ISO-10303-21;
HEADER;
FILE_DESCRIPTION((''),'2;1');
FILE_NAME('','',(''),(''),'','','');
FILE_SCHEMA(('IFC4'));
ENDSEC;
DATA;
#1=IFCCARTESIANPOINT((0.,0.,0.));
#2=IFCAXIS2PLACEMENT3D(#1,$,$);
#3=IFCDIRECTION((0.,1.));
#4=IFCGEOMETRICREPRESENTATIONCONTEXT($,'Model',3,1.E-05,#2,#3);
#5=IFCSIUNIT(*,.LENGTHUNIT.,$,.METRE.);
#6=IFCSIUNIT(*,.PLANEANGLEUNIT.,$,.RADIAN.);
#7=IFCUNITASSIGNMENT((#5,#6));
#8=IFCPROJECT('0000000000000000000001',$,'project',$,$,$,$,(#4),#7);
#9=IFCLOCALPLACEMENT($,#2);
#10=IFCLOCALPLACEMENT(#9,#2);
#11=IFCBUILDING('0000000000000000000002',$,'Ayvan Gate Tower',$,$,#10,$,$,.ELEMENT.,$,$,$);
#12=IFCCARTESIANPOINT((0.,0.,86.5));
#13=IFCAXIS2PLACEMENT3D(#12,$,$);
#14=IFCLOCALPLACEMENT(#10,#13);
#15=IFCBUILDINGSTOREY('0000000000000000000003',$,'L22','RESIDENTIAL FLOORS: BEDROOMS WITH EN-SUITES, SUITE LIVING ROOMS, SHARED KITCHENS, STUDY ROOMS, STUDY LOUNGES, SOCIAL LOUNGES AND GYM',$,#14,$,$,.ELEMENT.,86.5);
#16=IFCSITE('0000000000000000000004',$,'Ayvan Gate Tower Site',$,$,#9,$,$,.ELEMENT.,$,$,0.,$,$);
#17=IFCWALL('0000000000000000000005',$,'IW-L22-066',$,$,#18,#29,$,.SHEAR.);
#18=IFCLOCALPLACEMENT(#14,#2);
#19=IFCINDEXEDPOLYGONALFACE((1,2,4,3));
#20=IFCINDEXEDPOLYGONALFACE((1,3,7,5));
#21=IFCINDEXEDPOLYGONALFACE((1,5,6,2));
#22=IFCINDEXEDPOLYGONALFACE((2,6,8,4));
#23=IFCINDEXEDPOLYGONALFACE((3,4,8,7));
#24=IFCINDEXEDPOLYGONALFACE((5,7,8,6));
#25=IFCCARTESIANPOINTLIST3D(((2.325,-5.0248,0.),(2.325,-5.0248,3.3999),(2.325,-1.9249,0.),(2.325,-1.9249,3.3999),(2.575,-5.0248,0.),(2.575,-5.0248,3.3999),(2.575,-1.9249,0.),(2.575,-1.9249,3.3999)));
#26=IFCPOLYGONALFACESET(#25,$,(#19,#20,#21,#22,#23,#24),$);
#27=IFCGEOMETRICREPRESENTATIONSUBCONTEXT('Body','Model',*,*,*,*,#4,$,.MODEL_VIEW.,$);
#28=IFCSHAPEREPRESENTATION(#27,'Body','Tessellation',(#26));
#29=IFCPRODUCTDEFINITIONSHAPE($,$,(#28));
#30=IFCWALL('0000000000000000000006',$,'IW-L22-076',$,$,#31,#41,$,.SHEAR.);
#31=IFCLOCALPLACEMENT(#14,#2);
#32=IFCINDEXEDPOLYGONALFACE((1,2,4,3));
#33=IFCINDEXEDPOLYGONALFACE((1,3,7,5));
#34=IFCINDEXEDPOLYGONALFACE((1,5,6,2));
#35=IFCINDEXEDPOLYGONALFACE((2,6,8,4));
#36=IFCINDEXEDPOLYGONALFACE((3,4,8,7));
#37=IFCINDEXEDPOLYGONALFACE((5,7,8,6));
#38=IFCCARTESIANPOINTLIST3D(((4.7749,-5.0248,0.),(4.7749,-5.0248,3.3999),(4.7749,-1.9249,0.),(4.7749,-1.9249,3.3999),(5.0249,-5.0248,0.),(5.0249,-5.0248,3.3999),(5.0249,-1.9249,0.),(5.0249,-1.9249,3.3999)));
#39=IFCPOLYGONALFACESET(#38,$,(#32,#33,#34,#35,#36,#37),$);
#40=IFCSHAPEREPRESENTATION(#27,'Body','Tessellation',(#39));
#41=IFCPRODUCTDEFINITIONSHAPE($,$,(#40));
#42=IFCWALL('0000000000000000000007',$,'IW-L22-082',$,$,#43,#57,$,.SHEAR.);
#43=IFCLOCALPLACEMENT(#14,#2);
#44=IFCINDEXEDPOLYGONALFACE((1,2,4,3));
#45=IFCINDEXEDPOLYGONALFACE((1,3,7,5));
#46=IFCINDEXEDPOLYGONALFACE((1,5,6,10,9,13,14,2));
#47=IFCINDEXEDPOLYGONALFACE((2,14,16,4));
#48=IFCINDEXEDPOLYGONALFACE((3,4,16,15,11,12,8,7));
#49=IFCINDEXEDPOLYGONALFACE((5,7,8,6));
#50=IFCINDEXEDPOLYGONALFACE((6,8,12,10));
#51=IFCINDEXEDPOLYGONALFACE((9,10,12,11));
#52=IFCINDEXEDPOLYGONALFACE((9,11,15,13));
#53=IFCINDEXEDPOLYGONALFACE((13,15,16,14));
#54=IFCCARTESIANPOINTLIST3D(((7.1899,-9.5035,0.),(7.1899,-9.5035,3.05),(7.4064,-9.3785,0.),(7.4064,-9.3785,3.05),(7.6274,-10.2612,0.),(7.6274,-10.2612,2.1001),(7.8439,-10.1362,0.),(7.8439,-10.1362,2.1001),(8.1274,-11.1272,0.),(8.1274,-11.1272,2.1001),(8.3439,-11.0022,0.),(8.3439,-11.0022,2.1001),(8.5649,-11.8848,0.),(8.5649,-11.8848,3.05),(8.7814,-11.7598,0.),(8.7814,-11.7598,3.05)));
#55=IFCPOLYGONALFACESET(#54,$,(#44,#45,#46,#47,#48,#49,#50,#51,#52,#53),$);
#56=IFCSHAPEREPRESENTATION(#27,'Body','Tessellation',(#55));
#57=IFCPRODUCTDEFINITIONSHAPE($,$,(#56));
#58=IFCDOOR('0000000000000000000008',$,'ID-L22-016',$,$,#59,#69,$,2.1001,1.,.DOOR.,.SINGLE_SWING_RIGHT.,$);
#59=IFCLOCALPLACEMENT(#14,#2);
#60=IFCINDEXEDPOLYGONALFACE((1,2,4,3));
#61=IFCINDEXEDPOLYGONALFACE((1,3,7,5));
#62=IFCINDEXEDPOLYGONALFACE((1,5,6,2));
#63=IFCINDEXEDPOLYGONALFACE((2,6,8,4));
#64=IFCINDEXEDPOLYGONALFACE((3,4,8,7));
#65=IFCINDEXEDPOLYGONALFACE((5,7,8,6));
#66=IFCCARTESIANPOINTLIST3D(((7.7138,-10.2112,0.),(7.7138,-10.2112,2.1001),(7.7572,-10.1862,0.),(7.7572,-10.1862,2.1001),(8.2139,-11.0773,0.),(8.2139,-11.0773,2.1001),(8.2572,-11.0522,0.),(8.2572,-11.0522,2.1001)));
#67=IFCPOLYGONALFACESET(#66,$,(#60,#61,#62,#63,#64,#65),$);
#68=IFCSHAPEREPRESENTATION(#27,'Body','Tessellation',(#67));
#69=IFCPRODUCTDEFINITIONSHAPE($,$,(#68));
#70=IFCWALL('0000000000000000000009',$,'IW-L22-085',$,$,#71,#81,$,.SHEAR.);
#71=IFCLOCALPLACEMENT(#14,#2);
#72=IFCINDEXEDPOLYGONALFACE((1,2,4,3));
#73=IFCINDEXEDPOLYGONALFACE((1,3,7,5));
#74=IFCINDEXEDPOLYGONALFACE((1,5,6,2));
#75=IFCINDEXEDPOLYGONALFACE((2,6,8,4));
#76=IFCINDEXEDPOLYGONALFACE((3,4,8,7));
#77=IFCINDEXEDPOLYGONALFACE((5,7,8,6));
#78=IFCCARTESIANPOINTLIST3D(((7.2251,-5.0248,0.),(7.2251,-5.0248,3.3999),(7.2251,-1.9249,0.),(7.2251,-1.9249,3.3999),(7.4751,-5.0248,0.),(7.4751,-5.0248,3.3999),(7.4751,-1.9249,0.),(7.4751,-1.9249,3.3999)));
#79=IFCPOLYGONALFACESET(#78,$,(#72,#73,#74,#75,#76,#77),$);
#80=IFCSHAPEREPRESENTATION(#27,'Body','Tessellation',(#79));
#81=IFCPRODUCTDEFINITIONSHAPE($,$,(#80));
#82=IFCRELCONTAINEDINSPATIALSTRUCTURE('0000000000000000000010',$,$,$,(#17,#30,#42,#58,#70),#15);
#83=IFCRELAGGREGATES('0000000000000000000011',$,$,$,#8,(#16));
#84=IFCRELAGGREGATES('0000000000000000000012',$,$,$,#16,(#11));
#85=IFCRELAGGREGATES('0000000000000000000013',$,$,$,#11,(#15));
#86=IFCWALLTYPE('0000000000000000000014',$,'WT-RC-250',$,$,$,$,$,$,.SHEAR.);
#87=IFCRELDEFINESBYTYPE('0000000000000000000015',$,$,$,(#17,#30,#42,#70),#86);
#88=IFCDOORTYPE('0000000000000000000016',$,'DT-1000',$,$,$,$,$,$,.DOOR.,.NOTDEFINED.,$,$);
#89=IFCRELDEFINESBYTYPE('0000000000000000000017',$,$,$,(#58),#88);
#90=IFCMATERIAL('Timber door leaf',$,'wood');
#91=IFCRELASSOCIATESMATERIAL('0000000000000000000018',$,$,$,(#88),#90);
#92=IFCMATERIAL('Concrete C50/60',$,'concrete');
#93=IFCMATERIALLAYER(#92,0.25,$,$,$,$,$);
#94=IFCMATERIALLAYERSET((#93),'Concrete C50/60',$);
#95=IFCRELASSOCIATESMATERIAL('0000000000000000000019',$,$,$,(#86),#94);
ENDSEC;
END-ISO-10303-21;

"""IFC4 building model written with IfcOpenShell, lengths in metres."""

from ifc_helpers import new_model, si_unit, direction, frame, frame_2d, origin, place, context, subcontext, project, spatial, rectangle, extrude, material, layer, layer_set, type_object, element, fill, save


model = new_model("IFC4")

# Units and contexts
model_context = context("Model", 3, precision=1e-05, world=origin(), true_north=direction((0.0, 1.0)))
body_context = subcontext(model_context, "Body", "Model", "MODEL_VIEW")
ifc_project = project(units=[si_unit("LENGTHUNIT", "METRE"), si_unit("PLANEANGLEUNIT", "RADIAN")], contexts=[model_context])

# Site, building, storey
site_placement = place(None, origin())
site = spatial("IfcSite", under=ifc_project, at=site_placement, Name="Ayvan Gate Tower Site", CompositionType="ELEMENT", RefElevation=0.0)
building_placement = place(site_placement, origin())
building = spatial("IfcBuilding", under=site, at=building_placement, Name="Ayvan Gate Tower", CompositionType="ELEMENT")
storey_placement = place(building_placement, frame((0.0, 0.0, 86.5)))
storey = spatial("IfcBuildingStorey", under=building, at=storey_placement, Name="L22", Description="RESIDENTIAL FLOORS: BEDROOMS WITH EN-SUITES, SUITE LIVING ROOMS, SHARED KITCHENS, STUDY ROOMS, STUDY LOUNGES, SOCIAL LOUNGES AND GYM", CompositionType="ELEMENT", Elevation=86.5)

# Shared definitions
ifc_material_1 = material(Name="Timber door leaf", Category="wood")
door_type_1 = type_object("IfcDoorType", Name="DT-1000", OperationType="NOTDEFINED", PredefinedType="DOOR", material=ifc_material_1)

# Walls
ifc_material_2 = material(Name="Concrete C50/60", Category="concrete")
ifc_layer_1 = layer(ifc_material_2, 0.25)
ifc_layer_set_1 = layer_set([ifc_layer_1], Name="Concrete C50/60")
wall_type_1 = type_object("IfcWallType", Name="WT-RC-250", PredefinedType="SHEAR", material=ifc_layer_set_1)
for number, where, z_axis, x_axis, name in (
    (1, (2.45, -1.925, 0.0), (0.0, 0.0, 1.0), (0.0, -1.0, 0.0), "IW-L22-066"),
    (2, (4.8999, -1.925, 0.0), (0.0, 0.0, 1.0), (0.0, -1.0, 0.0), "IW-L22-076"),
):
    element("IfcWall", number, at=place(storey_placement, frame(where, z_axis=z_axis, x_axis=x_axis)), inside=storey, type_object=wall_type_1, Name=name, PredefinedType="SHEAR", context=body_context, shape_type="SweptSolid", body=[
        extrude(rectangle(XDim=3.0999, YDim=0.25, at=frame_2d((1.5498, 0.0))), origin(), (0.0, 0.0, 1.0), 3.3999),
    ])

# Wall, opening, door
wall_1_placement = place(storey_placement, frame((7.2981, -9.4409, 0.0), z_axis=(0.0, 0.0, 1.0), x_axis=(0.500035, -0.866005, 0.0)))
wall_1 = element("IfcWall", 3, at=wall_1_placement, inside=storey, type_object=wall_type_1, Name="IW-L22-082", PredefinedType="SHEAR", context=body_context, shape_type="SweptSolid", body=[
    extrude(rectangle(XDim=2.7498, YDim=0.25, at=frame_2d((1.375, 0.0))), origin(), (0.0, 0.0, 1.0), 3.05),
])
opening_1_placement = place(wall_1_placement, frame((0.875, 0.0, 0.0)))
opening_1 = element("IfcOpeningElement", 4, at=opening_1_placement, cuts=wall_1, PredefinedType="OPENING", context=body_context, shape_type="SweptSolid", body=[
    extrude(rectangle(XDim=1.0, YDim=2.1001, at=frame_2d((0.5, 1.05))), frame((0.0, 0.135, 0.0), z_axis=(0.0, -1.0, 0.0), x_axis=(1.0, 0.0, 0.0)), (0.0, 0.0, 1.0), 0.27),
])
door_1_placement = place(opening_1_placement, origin())
door_1 = element("IfcDoor", 5, at=door_1_placement, inside=storey, type_object=door_type_1, Name="ID-L22-016", OperationType="SINGLE_SWING_RIGHT", OverallHeight=2.1001, OverallWidth=1.0, PredefinedType="DOOR", context=body_context, shape_type="SweptSolid", body=[
    extrude(rectangle(XDim=1.0, YDim=2.1001, at=frame_2d((0.5, 1.05))), frame((0.0, 0.0249, 0.0), z_axis=(0.0, -1.0, 0.0), x_axis=(1.0, 0.0, 0.0)), (0.0, 0.0, 1.0), 0.05),
])
fill(opening_1, door_1)

# Wall
wall_2_placement = place(storey_placement, frame((7.3501, -1.925, 0.0), z_axis=(0.0, 0.0, 1.0), x_axis=(0.0, -1.0, 0.0)))
element("IfcWall", 6, at=wall_2_placement, inside=storey, type_object=wall_type_1, Name="IW-L22-085", PredefinedType="SHEAR", context=body_context, shape_type="SweptSolid", body=[
    extrude(rectangle(XDim=3.0999, YDim=0.25, at=frame_2d((1.5498, 0.0))), origin(), (0.0, 0.0, 1.0), 3.3999),
])

save(model, "model.ifc")
